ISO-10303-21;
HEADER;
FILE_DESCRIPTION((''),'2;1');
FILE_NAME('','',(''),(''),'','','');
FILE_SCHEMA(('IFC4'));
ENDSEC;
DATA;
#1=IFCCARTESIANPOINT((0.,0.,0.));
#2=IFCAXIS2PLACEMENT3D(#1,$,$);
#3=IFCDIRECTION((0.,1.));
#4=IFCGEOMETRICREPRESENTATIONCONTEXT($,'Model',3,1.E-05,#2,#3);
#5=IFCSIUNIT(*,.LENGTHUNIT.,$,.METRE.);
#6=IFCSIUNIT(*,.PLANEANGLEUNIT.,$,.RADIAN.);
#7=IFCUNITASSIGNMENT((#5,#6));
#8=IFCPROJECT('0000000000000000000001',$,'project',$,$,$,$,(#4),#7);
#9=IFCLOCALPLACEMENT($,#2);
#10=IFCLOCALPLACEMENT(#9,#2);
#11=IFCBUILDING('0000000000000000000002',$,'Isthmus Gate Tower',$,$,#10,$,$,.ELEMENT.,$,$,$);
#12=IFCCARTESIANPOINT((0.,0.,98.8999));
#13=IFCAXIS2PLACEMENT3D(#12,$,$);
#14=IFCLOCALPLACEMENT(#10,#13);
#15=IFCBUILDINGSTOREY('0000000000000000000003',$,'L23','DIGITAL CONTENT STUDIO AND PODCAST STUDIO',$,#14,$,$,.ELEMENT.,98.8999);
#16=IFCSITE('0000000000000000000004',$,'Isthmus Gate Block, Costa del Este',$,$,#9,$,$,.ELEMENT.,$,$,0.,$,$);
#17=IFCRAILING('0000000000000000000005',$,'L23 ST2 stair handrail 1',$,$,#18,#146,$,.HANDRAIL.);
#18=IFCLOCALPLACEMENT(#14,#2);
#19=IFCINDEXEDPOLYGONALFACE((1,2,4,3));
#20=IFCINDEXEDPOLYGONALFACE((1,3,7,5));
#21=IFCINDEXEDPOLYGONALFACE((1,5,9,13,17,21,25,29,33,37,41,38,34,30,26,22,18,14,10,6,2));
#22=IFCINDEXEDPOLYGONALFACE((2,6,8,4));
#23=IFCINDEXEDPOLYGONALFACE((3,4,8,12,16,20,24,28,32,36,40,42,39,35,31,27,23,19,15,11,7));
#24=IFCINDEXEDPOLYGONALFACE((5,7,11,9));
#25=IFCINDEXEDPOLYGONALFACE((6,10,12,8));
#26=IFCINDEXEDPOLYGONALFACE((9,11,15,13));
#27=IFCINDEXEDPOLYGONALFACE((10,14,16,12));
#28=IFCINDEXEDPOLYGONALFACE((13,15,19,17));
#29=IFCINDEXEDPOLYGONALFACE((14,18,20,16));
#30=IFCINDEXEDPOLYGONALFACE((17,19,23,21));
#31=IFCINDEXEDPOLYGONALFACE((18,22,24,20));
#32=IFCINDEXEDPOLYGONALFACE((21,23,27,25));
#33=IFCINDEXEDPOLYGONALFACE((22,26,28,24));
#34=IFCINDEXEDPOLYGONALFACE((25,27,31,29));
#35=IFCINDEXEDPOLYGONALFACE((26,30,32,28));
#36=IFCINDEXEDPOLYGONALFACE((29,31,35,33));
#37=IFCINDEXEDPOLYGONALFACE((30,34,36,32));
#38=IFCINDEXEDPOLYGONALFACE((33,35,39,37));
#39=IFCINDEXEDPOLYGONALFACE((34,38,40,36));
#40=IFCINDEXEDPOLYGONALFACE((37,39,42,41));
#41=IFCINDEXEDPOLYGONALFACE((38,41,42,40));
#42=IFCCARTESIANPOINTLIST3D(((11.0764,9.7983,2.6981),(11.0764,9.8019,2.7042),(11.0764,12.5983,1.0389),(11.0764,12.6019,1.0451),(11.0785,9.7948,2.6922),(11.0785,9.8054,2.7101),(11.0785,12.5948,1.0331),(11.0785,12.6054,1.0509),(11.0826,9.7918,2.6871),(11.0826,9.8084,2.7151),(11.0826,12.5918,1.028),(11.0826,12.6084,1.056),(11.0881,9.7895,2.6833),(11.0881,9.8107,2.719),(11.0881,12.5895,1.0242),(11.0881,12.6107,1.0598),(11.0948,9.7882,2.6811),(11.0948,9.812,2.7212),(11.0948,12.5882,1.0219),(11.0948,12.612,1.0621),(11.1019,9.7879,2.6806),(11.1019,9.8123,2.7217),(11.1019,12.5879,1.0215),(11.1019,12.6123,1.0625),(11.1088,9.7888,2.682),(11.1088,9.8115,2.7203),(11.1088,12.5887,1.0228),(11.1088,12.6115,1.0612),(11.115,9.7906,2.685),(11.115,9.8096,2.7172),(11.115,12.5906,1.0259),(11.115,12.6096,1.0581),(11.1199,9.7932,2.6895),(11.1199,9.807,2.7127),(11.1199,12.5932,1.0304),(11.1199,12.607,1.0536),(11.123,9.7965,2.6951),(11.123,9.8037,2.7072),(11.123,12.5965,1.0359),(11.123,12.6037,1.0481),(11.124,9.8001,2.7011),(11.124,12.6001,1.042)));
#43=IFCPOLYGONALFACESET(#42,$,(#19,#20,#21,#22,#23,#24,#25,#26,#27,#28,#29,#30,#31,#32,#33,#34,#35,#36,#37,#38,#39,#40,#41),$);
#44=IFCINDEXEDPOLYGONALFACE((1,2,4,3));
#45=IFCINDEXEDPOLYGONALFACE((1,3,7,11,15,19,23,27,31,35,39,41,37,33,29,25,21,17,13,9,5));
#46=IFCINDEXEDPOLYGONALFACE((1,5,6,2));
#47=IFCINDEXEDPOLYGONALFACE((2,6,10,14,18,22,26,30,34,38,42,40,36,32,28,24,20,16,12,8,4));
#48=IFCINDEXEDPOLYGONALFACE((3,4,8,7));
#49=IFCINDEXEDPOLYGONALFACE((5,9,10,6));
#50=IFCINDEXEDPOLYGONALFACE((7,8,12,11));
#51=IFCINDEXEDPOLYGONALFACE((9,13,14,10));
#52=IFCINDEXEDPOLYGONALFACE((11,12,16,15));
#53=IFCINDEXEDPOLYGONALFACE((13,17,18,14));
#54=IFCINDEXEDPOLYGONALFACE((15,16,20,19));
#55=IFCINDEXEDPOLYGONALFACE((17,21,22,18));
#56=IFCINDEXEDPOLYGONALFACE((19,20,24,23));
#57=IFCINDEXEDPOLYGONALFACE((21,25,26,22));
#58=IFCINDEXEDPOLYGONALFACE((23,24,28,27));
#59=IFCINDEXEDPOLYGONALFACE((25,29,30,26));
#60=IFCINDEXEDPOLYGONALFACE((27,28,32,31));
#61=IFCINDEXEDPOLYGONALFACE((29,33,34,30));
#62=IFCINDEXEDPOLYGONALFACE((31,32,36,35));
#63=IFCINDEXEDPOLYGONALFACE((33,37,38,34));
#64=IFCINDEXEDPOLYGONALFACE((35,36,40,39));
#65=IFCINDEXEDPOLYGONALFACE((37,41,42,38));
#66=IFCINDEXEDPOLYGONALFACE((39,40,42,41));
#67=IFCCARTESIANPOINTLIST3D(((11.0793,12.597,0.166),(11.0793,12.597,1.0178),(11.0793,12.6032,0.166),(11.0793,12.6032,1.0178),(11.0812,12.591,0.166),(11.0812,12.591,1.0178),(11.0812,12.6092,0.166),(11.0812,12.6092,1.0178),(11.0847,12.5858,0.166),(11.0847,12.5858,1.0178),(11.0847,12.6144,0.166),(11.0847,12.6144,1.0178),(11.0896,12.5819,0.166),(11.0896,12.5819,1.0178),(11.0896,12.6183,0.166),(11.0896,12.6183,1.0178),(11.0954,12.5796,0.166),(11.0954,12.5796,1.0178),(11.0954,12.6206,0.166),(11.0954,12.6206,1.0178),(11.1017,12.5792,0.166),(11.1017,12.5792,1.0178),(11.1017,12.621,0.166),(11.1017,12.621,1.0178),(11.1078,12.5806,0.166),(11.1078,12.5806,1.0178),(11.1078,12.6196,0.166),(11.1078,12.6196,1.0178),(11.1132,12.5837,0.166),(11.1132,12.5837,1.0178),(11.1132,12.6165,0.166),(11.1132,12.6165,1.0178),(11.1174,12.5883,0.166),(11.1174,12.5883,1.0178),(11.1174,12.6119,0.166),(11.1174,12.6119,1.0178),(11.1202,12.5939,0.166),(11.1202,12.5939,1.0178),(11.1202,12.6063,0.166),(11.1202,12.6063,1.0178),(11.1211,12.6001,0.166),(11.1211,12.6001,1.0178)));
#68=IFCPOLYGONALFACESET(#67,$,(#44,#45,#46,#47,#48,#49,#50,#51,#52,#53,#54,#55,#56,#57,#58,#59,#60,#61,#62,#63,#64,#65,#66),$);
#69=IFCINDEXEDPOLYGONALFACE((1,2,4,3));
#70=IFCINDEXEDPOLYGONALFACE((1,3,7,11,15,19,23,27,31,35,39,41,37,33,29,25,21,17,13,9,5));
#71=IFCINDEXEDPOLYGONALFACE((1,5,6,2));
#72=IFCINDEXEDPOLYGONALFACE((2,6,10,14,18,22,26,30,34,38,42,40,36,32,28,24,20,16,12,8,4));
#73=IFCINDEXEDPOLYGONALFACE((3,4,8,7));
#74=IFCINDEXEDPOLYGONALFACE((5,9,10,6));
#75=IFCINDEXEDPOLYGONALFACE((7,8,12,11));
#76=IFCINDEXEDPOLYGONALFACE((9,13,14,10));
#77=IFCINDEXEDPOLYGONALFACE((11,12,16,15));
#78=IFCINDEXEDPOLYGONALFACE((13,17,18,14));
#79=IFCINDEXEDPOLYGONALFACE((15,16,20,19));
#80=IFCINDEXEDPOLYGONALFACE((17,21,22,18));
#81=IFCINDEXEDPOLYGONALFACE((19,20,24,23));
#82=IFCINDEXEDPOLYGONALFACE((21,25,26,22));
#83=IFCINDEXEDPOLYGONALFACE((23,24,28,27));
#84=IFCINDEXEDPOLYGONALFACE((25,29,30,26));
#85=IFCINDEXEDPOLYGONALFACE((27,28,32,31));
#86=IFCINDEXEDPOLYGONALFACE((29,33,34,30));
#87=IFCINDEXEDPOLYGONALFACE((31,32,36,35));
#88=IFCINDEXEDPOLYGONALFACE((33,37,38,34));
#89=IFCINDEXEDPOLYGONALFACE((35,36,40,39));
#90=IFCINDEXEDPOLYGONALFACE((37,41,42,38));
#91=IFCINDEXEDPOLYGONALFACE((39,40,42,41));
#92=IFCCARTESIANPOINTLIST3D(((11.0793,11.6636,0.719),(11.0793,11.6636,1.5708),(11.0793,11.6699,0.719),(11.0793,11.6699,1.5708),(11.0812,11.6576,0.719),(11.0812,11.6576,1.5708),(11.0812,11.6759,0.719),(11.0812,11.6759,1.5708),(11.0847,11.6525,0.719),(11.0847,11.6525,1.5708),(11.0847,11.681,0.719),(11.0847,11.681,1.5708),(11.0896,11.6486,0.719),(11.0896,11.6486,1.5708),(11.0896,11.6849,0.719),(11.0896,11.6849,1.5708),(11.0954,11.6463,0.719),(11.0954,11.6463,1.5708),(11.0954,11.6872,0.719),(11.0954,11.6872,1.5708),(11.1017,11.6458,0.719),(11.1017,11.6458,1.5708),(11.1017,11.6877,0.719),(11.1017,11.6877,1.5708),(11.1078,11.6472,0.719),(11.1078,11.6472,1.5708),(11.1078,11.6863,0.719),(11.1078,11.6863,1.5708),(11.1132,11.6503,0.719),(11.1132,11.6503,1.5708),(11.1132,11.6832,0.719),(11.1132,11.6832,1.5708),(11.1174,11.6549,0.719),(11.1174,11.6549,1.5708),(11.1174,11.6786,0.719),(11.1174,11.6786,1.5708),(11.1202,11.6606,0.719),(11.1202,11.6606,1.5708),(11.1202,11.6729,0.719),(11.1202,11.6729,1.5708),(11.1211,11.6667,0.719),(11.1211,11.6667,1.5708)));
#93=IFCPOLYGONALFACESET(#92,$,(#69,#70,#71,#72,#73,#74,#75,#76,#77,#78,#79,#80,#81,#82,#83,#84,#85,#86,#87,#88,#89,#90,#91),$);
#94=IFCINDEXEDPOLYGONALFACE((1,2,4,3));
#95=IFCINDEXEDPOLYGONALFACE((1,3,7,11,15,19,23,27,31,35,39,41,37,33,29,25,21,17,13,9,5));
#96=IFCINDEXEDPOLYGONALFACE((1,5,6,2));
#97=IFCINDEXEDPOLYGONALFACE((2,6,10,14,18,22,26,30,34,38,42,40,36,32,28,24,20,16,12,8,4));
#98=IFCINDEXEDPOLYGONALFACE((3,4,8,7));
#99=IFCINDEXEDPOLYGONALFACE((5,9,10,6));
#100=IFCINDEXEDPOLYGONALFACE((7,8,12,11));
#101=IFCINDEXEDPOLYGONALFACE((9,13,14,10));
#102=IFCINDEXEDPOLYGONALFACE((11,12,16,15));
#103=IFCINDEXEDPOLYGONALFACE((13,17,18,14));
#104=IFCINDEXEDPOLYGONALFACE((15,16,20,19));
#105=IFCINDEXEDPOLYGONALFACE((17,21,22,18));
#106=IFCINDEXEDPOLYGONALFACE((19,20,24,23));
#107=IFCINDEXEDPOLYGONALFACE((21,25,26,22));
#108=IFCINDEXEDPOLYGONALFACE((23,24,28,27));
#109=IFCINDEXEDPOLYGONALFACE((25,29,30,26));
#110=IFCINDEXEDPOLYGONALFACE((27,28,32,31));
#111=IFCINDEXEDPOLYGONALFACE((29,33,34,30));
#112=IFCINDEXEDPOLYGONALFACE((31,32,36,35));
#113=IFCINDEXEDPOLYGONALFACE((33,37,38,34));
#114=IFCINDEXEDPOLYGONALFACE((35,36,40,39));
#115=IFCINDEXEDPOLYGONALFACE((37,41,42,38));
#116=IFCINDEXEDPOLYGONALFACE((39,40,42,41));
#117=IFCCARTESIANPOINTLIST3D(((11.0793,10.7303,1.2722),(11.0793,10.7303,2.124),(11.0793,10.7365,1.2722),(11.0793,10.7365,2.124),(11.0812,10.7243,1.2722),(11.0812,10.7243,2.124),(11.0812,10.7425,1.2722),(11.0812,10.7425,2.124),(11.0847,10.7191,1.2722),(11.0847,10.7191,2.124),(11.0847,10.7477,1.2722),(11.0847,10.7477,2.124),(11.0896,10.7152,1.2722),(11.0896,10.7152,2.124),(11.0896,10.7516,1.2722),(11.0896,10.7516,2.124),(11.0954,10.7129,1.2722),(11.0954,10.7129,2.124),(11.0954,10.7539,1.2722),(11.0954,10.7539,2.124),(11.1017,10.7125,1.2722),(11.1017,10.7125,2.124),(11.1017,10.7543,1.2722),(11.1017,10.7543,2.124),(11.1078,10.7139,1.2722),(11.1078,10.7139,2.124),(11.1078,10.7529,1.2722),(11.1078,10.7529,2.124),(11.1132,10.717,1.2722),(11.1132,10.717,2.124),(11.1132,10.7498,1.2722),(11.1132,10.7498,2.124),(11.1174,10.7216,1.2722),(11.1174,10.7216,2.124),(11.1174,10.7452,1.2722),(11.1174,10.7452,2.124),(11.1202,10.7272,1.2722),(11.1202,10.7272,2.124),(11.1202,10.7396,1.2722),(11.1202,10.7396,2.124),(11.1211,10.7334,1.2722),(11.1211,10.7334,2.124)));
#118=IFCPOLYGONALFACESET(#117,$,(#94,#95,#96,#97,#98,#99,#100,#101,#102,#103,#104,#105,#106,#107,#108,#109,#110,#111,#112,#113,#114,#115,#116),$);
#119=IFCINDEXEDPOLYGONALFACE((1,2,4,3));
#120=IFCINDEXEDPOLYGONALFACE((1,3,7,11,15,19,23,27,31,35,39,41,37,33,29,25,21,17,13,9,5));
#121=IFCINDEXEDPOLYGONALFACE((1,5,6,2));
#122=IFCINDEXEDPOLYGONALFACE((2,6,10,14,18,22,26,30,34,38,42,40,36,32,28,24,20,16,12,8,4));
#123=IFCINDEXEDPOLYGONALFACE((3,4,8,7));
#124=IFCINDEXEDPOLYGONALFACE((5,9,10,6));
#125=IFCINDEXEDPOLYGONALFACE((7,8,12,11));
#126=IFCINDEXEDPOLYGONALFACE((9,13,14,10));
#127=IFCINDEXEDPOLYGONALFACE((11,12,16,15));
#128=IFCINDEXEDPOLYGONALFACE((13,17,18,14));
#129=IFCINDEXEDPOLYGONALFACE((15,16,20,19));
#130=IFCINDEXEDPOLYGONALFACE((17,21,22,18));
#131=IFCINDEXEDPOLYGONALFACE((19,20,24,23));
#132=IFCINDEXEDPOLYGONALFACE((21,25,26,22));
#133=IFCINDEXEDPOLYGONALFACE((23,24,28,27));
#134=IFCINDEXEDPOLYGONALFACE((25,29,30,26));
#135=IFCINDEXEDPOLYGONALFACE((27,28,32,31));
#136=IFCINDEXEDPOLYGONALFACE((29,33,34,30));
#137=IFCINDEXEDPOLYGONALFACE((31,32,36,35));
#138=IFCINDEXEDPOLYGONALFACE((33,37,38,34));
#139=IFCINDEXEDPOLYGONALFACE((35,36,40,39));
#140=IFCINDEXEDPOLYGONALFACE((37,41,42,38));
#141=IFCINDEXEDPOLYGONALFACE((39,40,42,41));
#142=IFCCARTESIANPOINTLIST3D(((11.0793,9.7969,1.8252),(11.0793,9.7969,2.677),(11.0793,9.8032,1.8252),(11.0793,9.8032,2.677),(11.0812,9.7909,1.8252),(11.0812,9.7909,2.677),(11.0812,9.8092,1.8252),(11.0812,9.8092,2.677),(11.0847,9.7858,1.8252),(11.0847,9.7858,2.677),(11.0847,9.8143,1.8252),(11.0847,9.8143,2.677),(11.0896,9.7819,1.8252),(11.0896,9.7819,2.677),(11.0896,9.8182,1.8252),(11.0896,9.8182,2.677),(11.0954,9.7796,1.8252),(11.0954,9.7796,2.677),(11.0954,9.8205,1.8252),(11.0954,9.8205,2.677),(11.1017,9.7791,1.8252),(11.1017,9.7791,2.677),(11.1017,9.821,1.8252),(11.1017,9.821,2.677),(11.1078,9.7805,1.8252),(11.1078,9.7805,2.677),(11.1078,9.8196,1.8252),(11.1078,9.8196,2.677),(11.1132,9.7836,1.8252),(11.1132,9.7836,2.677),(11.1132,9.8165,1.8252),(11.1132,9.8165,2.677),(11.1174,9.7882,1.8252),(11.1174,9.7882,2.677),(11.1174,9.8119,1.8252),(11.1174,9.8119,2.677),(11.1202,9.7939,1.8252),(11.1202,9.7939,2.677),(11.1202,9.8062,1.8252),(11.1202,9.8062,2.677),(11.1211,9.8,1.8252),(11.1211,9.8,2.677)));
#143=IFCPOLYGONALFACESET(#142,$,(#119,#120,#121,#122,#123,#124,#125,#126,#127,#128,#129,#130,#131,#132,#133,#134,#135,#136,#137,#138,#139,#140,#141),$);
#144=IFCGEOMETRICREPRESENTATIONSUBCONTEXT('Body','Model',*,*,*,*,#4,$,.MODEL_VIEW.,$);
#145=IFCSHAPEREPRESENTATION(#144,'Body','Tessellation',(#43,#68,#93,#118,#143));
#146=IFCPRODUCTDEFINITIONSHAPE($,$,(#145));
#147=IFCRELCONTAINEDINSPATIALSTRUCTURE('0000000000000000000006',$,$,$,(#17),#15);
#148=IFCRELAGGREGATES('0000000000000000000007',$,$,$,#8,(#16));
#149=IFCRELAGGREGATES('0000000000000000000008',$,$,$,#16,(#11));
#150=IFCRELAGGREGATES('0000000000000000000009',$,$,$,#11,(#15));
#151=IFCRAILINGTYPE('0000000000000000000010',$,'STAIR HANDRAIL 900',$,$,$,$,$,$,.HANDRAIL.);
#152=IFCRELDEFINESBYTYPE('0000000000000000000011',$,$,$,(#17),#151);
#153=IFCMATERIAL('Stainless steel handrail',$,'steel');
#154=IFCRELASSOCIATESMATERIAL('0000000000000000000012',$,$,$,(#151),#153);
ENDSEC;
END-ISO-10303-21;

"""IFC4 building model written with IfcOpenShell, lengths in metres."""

from ifc_helpers import new_model, si_unit, direction, frame, origin, origin_2d, place, context, subcontext, project, spatial, circle, extrude, material, type_object, element, save


model = new_model("IFC4")

# Units and contexts
model_context = context("Model", 3, precision=1e-05, world=origin(), true_north=direction((0.0, 1.0)))
body_context = subcontext(model_context, "Body", "Model", "MODEL_VIEW")
ifc_project = project(units=[si_unit("LENGTHUNIT", "METRE"), si_unit("PLANEANGLEUNIT", "RADIAN")], contexts=[model_context])

# Site, building, storey
site_placement = place(None, origin())
site = spatial("IfcSite", under=ifc_project, at=site_placement, Name="Isthmus Gate Block, Costa del Este", CompositionType="ELEMENT", RefElevation=0.0)
building_placement = place(site_placement, origin())
building = spatial("IfcBuilding", under=site, at=building_placement, Name="Isthmus Gate Tower", CompositionType="ELEMENT")
storey_placement = place(building_placement, frame((0.0, 0.0, 98.8999)))
storey = spatial("IfcBuildingStorey", under=building, at=storey_placement, Name="L23", Description="DIGITAL CONTENT STUDIO AND PODCAST STUDIO", CompositionType="ELEMENT", Elevation=98.8999)

# Railing
ifc_material_1 = material(Name="Stainless steel handrail", Category="steel")
railing_type_1 = type_object("IfcRailingType", Name="STAIR HANDRAIL 900", PredefinedType="HANDRAIL", material=ifc_material_1)
for number, where, name in (
    (1, (11.1001, 12.6001, 0.166), "L23 ST2 stair handrail 1"),
):
    element("IfcRailing", number, at=place(storey_placement, frame(where)), inside=storey, type_object=railing_type_1, Name=name, PredefinedType="HANDRAIL", context=body_context, shape_type="SweptSolid", body=[
        extrude(circle(Radius=0.0239, at=origin_2d()), frame((0.0, 0.0, 0.876), z_axis=(0.0, -0.860306, 0.509778), x_axis=(1.0, 0.0, 0.0)), (0.0, 0.0, 1.0), 3.2546),
        extrude(circle(Radius=0.021, at=origin_2d()), origin(), (0.0, 0.0, 1.0), 0.8518),
        extrude(circle(Radius=0.021, at=origin_2d()), frame((0.0, -0.9333, 0.553)), (0.0, 0.0, 1.0), 0.8518),
        extrude(circle(Radius=0.021, at=origin_2d()), frame((0.0, -1.8667, 1.1062)), (0.0, 0.0, 1.0), 0.8518),
        extrude(circle(Radius=0.021, at=origin_2d()), frame((0.0, -2.8, 1.6592)), (0.0, 0.0, 1.0), 0.8518),
    ])

save(model, "model.ifc")
